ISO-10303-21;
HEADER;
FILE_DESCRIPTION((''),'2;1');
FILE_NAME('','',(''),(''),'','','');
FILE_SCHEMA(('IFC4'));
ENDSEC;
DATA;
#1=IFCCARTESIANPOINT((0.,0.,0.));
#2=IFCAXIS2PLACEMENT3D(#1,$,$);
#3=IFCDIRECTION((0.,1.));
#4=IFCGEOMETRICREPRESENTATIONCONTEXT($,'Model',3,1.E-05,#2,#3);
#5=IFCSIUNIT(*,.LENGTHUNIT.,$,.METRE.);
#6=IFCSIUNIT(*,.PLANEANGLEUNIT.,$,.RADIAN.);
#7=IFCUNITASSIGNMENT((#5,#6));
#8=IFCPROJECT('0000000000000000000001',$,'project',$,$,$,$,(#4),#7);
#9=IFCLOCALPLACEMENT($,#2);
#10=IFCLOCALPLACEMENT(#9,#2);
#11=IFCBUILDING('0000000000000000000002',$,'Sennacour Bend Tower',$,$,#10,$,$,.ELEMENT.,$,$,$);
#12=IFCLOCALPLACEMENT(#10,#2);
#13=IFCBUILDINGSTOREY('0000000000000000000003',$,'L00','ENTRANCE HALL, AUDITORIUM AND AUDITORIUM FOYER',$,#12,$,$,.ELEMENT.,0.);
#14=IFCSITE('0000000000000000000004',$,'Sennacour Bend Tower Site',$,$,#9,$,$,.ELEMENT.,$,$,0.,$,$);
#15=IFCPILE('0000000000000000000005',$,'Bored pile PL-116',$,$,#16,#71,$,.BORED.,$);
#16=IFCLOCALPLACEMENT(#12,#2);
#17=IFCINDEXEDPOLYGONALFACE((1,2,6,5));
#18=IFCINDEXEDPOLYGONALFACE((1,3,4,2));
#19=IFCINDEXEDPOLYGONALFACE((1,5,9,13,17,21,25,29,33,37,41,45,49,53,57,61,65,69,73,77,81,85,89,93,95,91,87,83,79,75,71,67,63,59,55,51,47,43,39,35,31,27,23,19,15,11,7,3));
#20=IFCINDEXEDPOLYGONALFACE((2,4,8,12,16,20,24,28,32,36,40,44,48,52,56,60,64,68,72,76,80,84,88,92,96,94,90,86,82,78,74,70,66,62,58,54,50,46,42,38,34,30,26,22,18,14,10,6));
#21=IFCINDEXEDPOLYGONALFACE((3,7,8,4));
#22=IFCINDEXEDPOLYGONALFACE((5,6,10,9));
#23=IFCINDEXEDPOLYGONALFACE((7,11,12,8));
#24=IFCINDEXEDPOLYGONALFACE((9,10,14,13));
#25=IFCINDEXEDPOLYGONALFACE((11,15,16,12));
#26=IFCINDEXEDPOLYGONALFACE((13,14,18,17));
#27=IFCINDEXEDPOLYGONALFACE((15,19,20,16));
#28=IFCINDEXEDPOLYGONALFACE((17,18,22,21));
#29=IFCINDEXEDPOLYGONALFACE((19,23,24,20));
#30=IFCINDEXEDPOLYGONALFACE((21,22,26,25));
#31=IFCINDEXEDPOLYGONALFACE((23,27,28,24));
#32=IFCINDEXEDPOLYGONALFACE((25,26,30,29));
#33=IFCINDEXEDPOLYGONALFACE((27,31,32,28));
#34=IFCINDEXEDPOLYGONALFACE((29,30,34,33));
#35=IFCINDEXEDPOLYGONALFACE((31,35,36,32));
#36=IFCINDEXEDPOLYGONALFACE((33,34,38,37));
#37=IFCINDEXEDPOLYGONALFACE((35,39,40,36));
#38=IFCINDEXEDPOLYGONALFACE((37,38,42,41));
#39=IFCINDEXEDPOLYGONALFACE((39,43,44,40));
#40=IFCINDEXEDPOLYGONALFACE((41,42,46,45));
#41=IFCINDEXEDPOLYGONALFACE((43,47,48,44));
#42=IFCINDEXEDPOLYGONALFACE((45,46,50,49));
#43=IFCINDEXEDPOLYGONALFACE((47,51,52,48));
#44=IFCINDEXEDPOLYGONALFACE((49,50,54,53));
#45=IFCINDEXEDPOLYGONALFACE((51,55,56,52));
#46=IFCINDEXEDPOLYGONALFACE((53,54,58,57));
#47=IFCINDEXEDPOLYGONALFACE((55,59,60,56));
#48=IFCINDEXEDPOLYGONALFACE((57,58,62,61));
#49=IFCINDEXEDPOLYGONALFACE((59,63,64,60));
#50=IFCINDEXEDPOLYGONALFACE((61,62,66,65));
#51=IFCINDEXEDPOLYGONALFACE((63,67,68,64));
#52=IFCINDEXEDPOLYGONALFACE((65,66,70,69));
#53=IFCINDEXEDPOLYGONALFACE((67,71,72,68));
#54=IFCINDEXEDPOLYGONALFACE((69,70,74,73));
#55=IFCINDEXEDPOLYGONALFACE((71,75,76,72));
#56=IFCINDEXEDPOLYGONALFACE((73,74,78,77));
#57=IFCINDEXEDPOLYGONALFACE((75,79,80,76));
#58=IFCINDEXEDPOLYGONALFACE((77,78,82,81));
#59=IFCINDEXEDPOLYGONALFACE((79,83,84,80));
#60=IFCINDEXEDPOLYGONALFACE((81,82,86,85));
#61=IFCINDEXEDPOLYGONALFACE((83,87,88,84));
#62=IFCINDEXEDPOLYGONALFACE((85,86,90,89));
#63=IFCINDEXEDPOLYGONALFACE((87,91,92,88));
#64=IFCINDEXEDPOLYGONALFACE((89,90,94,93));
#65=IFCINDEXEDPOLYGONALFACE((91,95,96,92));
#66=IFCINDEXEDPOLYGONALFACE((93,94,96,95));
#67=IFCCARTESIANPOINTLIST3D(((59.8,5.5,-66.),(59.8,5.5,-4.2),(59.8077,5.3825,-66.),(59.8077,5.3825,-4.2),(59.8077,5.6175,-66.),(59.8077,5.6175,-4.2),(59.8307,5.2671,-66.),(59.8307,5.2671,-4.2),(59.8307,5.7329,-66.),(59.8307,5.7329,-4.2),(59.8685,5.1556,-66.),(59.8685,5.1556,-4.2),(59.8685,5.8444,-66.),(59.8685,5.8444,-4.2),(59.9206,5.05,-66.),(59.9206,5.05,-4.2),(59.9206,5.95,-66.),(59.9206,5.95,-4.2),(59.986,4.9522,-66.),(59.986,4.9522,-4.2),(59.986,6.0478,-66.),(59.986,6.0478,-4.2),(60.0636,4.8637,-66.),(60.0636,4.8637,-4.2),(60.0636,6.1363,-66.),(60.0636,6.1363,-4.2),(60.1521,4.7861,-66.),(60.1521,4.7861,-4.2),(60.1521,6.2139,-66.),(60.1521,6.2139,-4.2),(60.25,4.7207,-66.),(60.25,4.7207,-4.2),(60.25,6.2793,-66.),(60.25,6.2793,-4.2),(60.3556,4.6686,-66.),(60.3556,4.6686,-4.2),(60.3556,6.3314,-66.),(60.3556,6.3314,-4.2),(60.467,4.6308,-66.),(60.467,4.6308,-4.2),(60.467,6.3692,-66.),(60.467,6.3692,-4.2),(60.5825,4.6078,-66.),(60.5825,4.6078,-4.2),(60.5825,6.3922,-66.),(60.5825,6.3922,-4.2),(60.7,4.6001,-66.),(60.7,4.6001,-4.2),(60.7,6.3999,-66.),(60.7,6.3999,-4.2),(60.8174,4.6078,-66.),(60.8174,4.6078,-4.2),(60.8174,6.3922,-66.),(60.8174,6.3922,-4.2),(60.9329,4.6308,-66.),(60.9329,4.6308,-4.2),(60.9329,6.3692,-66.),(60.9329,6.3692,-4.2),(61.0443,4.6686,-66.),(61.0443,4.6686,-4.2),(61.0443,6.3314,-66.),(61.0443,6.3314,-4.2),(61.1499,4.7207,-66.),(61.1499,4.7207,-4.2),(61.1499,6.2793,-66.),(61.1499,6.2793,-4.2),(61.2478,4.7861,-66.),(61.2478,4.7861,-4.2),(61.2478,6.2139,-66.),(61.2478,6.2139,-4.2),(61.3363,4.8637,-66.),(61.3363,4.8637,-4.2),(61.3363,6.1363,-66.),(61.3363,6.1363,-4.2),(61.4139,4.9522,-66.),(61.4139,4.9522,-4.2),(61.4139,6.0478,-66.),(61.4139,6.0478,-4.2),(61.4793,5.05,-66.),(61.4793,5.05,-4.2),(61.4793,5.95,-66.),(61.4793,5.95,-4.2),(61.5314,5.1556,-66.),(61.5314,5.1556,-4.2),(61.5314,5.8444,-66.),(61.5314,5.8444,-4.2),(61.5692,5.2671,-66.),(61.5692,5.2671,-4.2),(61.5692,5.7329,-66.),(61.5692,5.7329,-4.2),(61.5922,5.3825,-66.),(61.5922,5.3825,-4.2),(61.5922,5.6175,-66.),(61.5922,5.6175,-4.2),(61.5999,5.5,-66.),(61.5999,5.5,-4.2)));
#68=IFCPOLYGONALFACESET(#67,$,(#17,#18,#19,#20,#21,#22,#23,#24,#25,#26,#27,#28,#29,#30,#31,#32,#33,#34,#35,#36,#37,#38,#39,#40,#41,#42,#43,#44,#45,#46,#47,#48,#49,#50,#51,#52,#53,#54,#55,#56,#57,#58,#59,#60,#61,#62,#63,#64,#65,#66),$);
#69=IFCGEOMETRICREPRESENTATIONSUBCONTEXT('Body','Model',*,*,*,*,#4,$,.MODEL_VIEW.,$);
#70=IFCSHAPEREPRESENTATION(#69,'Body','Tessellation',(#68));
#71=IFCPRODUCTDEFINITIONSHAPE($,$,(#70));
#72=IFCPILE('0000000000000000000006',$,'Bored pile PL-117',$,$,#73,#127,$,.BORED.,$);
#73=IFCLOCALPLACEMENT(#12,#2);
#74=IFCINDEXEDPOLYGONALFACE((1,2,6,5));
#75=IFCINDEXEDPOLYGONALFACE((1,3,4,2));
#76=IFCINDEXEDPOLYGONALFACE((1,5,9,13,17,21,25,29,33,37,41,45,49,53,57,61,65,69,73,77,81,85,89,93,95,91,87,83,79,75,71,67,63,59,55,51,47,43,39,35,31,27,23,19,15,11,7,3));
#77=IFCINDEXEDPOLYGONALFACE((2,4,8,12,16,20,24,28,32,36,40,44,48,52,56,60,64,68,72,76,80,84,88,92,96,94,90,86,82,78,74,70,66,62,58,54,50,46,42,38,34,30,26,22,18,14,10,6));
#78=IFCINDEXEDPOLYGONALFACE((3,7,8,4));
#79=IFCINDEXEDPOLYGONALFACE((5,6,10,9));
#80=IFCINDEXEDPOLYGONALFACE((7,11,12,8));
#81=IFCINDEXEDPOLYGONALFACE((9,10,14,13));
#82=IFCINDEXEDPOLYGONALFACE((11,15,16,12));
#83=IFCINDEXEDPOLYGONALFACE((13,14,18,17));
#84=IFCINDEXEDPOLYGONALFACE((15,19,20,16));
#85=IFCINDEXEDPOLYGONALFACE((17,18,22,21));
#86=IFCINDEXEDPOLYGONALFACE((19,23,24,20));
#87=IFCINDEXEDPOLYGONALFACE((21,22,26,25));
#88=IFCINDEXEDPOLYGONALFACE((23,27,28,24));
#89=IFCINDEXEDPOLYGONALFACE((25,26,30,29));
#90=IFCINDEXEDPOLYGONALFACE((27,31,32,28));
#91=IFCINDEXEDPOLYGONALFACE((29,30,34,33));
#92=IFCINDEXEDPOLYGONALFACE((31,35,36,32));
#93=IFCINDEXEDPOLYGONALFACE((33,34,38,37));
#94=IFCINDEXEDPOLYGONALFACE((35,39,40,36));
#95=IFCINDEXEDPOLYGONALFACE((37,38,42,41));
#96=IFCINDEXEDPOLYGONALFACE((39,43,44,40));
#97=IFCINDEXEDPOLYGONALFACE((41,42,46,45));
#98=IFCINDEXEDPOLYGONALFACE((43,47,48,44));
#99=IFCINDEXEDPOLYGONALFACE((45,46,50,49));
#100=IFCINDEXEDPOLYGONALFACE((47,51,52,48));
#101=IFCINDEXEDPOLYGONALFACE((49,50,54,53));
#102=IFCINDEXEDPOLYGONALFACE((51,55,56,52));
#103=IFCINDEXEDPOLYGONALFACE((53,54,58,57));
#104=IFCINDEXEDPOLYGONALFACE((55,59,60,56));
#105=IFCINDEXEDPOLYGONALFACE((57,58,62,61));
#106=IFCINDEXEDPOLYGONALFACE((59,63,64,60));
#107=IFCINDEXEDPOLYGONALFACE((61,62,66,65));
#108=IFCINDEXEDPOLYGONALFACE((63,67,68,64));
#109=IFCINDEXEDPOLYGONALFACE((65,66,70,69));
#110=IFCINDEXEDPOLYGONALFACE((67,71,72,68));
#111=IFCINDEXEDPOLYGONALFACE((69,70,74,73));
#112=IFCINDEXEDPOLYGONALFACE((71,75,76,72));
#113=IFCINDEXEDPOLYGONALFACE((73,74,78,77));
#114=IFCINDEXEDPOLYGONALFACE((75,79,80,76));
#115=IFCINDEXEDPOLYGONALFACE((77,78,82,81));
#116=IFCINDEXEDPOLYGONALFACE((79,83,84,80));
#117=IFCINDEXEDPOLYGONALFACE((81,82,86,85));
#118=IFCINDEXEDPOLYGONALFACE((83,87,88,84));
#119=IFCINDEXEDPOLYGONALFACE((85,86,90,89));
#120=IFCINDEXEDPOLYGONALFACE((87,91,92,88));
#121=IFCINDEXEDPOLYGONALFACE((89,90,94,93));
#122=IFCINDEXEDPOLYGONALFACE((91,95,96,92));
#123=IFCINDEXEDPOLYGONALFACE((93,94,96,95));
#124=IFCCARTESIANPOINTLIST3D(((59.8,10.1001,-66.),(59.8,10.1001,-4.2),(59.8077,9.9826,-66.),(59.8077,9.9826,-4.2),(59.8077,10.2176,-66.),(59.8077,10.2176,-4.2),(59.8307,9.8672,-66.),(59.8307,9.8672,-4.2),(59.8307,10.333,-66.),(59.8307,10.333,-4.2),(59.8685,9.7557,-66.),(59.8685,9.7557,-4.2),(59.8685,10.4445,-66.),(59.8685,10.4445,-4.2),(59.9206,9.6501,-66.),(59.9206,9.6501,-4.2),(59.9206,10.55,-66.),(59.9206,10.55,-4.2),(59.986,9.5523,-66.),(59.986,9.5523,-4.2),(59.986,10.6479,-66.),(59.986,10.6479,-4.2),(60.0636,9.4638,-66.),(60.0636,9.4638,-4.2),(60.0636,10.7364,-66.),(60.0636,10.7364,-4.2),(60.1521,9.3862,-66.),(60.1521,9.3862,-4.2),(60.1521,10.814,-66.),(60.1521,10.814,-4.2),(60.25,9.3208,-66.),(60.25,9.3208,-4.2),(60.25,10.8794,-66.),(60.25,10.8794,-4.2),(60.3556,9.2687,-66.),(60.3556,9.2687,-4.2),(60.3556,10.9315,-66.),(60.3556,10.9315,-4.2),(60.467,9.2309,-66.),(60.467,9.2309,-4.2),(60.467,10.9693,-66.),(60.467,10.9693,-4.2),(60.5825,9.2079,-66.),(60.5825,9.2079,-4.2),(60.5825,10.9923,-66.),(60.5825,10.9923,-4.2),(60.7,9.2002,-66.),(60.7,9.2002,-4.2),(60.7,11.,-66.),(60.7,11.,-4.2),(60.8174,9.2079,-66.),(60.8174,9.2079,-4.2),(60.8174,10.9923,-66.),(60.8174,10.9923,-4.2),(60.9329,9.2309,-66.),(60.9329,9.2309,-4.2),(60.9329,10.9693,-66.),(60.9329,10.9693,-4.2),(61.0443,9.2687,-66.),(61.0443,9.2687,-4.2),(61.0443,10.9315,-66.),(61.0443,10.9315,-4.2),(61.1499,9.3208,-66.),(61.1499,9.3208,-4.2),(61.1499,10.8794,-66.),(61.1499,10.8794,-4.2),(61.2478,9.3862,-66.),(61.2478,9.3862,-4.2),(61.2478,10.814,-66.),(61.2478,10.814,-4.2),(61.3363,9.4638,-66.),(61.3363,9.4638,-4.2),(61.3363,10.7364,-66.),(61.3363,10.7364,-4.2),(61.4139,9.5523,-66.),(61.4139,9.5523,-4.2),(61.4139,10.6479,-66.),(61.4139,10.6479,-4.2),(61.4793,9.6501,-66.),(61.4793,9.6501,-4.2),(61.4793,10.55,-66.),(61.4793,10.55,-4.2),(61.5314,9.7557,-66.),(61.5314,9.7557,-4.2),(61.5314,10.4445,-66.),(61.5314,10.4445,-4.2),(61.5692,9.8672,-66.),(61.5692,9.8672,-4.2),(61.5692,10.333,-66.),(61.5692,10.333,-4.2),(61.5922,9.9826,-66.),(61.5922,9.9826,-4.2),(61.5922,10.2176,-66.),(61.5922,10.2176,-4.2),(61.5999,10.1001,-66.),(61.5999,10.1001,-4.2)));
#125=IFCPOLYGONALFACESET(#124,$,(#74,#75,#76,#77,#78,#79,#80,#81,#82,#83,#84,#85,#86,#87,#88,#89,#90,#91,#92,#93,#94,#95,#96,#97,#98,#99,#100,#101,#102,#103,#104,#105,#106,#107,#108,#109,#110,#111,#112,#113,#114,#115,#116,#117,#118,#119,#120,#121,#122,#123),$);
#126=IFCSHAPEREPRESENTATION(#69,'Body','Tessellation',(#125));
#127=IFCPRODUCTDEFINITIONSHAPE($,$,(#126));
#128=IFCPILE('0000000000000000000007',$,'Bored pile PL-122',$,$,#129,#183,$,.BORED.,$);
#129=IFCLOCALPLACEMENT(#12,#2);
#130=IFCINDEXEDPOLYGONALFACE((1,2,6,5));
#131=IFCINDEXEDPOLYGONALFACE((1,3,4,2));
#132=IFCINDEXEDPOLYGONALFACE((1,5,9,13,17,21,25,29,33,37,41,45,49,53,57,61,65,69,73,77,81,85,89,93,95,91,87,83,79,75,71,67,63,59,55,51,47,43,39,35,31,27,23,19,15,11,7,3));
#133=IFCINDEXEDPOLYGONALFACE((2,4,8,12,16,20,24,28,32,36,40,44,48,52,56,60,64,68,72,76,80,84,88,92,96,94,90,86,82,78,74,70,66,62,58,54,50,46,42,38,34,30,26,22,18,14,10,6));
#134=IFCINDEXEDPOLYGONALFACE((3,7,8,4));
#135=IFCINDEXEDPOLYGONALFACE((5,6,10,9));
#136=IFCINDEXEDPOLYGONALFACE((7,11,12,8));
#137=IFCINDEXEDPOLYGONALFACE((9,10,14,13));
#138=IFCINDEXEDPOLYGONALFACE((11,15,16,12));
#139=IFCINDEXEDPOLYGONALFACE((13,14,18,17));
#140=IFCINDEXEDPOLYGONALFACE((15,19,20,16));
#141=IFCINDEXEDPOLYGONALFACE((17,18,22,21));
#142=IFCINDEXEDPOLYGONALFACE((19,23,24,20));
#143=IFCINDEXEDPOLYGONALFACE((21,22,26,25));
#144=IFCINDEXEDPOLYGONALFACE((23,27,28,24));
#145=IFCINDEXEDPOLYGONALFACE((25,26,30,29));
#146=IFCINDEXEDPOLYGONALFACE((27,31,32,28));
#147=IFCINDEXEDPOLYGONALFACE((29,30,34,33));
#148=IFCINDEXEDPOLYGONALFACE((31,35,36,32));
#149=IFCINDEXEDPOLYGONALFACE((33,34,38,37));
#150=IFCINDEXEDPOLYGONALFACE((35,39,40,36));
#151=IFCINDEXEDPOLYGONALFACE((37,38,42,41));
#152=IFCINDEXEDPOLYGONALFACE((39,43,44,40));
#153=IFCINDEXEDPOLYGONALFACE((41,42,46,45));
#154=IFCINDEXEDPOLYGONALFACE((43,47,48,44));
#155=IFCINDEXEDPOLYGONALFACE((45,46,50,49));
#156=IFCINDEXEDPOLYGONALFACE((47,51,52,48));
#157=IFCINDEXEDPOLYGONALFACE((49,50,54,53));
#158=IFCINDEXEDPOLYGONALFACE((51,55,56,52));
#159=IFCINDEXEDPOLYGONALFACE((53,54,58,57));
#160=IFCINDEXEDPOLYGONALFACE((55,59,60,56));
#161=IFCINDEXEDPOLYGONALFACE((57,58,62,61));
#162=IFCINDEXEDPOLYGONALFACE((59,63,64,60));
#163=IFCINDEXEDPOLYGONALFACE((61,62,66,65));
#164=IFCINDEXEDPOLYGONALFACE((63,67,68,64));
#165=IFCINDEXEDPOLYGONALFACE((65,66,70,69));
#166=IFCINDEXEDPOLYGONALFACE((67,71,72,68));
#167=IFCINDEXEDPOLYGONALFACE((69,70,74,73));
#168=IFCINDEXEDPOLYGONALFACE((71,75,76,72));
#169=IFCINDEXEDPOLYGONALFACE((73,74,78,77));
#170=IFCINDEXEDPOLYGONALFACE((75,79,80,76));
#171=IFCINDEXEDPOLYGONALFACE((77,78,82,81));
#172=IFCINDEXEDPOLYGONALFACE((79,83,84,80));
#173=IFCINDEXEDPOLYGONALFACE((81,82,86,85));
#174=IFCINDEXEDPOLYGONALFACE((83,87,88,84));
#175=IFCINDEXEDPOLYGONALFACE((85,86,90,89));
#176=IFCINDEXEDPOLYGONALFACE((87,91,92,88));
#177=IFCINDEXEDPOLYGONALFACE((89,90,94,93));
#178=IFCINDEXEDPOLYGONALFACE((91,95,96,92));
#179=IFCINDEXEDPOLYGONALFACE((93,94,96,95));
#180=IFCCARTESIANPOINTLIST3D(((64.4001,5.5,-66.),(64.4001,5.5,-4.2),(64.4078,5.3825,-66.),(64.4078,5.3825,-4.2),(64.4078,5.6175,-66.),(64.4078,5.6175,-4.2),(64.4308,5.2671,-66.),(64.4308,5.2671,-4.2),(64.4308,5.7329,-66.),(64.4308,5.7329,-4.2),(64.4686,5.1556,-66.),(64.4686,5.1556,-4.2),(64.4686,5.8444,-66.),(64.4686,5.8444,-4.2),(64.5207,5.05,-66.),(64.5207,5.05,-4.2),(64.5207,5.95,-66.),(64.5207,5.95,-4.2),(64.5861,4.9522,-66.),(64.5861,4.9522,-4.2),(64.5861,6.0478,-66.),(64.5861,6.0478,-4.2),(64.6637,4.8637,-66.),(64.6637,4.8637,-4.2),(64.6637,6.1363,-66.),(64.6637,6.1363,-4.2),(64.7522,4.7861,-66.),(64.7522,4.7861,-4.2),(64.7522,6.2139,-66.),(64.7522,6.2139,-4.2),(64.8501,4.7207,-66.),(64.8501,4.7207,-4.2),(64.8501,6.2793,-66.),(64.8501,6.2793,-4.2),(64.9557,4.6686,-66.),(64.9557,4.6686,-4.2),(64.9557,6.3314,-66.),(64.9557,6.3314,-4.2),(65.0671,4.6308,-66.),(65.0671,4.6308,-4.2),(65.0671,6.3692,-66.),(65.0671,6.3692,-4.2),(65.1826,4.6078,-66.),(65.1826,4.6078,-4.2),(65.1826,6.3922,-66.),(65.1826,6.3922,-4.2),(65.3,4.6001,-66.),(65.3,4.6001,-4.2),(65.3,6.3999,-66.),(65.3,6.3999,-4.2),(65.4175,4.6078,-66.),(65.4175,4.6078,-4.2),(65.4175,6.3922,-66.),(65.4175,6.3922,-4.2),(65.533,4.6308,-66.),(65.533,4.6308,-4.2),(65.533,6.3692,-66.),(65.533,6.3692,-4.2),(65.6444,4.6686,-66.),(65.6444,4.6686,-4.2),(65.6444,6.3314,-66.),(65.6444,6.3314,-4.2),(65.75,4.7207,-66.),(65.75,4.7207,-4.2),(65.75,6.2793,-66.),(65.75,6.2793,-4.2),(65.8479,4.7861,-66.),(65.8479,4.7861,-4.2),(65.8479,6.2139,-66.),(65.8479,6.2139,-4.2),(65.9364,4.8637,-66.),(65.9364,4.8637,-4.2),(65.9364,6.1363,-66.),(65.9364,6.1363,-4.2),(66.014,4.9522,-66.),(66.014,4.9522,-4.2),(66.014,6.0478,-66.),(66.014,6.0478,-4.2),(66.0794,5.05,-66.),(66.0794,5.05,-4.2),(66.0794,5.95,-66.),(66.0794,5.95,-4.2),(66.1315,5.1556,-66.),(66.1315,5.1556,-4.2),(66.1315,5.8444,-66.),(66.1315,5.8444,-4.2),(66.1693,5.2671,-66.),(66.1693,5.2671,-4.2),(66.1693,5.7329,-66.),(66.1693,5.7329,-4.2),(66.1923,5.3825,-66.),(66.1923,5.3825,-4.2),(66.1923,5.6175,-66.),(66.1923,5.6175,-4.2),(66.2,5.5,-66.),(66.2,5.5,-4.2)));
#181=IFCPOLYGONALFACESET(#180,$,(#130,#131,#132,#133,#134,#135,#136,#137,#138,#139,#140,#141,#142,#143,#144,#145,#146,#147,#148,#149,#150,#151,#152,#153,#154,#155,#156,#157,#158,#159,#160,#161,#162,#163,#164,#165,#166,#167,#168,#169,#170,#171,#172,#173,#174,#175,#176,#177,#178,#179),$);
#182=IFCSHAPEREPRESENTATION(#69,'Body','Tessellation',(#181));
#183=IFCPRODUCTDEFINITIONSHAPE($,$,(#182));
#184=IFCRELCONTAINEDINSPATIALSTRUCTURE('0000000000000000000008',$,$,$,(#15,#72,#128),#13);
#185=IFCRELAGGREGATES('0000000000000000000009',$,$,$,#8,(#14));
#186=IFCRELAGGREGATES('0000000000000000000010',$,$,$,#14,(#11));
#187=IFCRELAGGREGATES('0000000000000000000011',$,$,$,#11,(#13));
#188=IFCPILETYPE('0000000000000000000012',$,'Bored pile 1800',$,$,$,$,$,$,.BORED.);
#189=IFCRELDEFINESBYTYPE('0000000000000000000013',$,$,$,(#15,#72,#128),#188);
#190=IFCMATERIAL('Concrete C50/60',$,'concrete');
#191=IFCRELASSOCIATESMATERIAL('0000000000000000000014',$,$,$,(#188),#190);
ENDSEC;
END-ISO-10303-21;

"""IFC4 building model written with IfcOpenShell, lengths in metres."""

from ifc_helpers import new_model, si_unit, direction, frame, origin, origin_2d, place, context, subcontext, project, spatial, circle, extrude, material, material_profile, profile_set, type_object, element, save


model = new_model("IFC4")

# Units and contexts
model_context = context("Model", 3, precision=1e-05, world=origin(), true_north=direction((0.0, 1.0)))
body_context = subcontext(model_context, "Body", "Model", "MODEL_VIEW")
ifc_project = project(units=[si_unit("LENGTHUNIT", "METRE"), si_unit("PLANEANGLEUNIT", "RADIAN")], contexts=[model_context])

# Site, building, storey
site_placement = place(None, origin())
site = spatial("IfcSite", under=ifc_project, at=site_placement, Name="Sennacour Bend Tower Site", CompositionType="ELEMENT", RefElevation=0.0)
building_placement = place(site_placement, origin())
building = spatial("IfcBuilding", under=site, at=building_placement, Name="Sennacour Bend Tower", CompositionType="ELEMENT")
storey_placement = place(building_placement, origin())
storey = spatial("IfcBuildingStorey", under=building, at=storey_placement, Name="L00", Description="ENTRANCE HALL, AUDITORIUM AND AUDITORIUM FOYER", CompositionType="ELEMENT", Elevation=0.0)

# Piles
ifc_material_1 = material(Name="Concrete C50/60", Category="concrete")
ifc_material_profile = material_profile(ifc_material_1, circle(Radius=0.8999, at=origin_2d()), Name="Concrete C50/60", Category="concrete")
ifc_profile_set = profile_set([ifc_material_profile], Name="Concrete C50/60")
pile_type = type_object("IfcPileType", Name="Bored pile 1800", PredefinedType="BORED", material=ifc_profile_set)
for number, where, z_axis, x_axis, name in (
    (1, (60.7, 5.5, -4.2), (0.0, 0.0, -1.0), (1.0, 0.0, 0.0), "Bored pile PL-116"),
    (2, (60.7, 10.1001, -4.2), (0.0, 0.0, -1.0), (1.0, 0.0, 0.0), "Bored pile PL-117"),
    (3, (65.3, 5.5, -4.2), (0.0, 0.0, -1.0), (1.0, 0.0, 0.0), "Bored pile PL-122"),
):
    element("IfcPile", number, at=place(storey_placement, frame(where, z_axis=z_axis, x_axis=x_axis)), inside=storey, type_object=pile_type, Name=name, PredefinedType="BORED", context=body_context, shape_type="SweptSolid", body=[
        extrude(circle(Radius=0.8999, at=origin_2d()), origin(), (0.0, 0.0, 1.0), 61.8),
    ])

save(model, "model.ifc")
